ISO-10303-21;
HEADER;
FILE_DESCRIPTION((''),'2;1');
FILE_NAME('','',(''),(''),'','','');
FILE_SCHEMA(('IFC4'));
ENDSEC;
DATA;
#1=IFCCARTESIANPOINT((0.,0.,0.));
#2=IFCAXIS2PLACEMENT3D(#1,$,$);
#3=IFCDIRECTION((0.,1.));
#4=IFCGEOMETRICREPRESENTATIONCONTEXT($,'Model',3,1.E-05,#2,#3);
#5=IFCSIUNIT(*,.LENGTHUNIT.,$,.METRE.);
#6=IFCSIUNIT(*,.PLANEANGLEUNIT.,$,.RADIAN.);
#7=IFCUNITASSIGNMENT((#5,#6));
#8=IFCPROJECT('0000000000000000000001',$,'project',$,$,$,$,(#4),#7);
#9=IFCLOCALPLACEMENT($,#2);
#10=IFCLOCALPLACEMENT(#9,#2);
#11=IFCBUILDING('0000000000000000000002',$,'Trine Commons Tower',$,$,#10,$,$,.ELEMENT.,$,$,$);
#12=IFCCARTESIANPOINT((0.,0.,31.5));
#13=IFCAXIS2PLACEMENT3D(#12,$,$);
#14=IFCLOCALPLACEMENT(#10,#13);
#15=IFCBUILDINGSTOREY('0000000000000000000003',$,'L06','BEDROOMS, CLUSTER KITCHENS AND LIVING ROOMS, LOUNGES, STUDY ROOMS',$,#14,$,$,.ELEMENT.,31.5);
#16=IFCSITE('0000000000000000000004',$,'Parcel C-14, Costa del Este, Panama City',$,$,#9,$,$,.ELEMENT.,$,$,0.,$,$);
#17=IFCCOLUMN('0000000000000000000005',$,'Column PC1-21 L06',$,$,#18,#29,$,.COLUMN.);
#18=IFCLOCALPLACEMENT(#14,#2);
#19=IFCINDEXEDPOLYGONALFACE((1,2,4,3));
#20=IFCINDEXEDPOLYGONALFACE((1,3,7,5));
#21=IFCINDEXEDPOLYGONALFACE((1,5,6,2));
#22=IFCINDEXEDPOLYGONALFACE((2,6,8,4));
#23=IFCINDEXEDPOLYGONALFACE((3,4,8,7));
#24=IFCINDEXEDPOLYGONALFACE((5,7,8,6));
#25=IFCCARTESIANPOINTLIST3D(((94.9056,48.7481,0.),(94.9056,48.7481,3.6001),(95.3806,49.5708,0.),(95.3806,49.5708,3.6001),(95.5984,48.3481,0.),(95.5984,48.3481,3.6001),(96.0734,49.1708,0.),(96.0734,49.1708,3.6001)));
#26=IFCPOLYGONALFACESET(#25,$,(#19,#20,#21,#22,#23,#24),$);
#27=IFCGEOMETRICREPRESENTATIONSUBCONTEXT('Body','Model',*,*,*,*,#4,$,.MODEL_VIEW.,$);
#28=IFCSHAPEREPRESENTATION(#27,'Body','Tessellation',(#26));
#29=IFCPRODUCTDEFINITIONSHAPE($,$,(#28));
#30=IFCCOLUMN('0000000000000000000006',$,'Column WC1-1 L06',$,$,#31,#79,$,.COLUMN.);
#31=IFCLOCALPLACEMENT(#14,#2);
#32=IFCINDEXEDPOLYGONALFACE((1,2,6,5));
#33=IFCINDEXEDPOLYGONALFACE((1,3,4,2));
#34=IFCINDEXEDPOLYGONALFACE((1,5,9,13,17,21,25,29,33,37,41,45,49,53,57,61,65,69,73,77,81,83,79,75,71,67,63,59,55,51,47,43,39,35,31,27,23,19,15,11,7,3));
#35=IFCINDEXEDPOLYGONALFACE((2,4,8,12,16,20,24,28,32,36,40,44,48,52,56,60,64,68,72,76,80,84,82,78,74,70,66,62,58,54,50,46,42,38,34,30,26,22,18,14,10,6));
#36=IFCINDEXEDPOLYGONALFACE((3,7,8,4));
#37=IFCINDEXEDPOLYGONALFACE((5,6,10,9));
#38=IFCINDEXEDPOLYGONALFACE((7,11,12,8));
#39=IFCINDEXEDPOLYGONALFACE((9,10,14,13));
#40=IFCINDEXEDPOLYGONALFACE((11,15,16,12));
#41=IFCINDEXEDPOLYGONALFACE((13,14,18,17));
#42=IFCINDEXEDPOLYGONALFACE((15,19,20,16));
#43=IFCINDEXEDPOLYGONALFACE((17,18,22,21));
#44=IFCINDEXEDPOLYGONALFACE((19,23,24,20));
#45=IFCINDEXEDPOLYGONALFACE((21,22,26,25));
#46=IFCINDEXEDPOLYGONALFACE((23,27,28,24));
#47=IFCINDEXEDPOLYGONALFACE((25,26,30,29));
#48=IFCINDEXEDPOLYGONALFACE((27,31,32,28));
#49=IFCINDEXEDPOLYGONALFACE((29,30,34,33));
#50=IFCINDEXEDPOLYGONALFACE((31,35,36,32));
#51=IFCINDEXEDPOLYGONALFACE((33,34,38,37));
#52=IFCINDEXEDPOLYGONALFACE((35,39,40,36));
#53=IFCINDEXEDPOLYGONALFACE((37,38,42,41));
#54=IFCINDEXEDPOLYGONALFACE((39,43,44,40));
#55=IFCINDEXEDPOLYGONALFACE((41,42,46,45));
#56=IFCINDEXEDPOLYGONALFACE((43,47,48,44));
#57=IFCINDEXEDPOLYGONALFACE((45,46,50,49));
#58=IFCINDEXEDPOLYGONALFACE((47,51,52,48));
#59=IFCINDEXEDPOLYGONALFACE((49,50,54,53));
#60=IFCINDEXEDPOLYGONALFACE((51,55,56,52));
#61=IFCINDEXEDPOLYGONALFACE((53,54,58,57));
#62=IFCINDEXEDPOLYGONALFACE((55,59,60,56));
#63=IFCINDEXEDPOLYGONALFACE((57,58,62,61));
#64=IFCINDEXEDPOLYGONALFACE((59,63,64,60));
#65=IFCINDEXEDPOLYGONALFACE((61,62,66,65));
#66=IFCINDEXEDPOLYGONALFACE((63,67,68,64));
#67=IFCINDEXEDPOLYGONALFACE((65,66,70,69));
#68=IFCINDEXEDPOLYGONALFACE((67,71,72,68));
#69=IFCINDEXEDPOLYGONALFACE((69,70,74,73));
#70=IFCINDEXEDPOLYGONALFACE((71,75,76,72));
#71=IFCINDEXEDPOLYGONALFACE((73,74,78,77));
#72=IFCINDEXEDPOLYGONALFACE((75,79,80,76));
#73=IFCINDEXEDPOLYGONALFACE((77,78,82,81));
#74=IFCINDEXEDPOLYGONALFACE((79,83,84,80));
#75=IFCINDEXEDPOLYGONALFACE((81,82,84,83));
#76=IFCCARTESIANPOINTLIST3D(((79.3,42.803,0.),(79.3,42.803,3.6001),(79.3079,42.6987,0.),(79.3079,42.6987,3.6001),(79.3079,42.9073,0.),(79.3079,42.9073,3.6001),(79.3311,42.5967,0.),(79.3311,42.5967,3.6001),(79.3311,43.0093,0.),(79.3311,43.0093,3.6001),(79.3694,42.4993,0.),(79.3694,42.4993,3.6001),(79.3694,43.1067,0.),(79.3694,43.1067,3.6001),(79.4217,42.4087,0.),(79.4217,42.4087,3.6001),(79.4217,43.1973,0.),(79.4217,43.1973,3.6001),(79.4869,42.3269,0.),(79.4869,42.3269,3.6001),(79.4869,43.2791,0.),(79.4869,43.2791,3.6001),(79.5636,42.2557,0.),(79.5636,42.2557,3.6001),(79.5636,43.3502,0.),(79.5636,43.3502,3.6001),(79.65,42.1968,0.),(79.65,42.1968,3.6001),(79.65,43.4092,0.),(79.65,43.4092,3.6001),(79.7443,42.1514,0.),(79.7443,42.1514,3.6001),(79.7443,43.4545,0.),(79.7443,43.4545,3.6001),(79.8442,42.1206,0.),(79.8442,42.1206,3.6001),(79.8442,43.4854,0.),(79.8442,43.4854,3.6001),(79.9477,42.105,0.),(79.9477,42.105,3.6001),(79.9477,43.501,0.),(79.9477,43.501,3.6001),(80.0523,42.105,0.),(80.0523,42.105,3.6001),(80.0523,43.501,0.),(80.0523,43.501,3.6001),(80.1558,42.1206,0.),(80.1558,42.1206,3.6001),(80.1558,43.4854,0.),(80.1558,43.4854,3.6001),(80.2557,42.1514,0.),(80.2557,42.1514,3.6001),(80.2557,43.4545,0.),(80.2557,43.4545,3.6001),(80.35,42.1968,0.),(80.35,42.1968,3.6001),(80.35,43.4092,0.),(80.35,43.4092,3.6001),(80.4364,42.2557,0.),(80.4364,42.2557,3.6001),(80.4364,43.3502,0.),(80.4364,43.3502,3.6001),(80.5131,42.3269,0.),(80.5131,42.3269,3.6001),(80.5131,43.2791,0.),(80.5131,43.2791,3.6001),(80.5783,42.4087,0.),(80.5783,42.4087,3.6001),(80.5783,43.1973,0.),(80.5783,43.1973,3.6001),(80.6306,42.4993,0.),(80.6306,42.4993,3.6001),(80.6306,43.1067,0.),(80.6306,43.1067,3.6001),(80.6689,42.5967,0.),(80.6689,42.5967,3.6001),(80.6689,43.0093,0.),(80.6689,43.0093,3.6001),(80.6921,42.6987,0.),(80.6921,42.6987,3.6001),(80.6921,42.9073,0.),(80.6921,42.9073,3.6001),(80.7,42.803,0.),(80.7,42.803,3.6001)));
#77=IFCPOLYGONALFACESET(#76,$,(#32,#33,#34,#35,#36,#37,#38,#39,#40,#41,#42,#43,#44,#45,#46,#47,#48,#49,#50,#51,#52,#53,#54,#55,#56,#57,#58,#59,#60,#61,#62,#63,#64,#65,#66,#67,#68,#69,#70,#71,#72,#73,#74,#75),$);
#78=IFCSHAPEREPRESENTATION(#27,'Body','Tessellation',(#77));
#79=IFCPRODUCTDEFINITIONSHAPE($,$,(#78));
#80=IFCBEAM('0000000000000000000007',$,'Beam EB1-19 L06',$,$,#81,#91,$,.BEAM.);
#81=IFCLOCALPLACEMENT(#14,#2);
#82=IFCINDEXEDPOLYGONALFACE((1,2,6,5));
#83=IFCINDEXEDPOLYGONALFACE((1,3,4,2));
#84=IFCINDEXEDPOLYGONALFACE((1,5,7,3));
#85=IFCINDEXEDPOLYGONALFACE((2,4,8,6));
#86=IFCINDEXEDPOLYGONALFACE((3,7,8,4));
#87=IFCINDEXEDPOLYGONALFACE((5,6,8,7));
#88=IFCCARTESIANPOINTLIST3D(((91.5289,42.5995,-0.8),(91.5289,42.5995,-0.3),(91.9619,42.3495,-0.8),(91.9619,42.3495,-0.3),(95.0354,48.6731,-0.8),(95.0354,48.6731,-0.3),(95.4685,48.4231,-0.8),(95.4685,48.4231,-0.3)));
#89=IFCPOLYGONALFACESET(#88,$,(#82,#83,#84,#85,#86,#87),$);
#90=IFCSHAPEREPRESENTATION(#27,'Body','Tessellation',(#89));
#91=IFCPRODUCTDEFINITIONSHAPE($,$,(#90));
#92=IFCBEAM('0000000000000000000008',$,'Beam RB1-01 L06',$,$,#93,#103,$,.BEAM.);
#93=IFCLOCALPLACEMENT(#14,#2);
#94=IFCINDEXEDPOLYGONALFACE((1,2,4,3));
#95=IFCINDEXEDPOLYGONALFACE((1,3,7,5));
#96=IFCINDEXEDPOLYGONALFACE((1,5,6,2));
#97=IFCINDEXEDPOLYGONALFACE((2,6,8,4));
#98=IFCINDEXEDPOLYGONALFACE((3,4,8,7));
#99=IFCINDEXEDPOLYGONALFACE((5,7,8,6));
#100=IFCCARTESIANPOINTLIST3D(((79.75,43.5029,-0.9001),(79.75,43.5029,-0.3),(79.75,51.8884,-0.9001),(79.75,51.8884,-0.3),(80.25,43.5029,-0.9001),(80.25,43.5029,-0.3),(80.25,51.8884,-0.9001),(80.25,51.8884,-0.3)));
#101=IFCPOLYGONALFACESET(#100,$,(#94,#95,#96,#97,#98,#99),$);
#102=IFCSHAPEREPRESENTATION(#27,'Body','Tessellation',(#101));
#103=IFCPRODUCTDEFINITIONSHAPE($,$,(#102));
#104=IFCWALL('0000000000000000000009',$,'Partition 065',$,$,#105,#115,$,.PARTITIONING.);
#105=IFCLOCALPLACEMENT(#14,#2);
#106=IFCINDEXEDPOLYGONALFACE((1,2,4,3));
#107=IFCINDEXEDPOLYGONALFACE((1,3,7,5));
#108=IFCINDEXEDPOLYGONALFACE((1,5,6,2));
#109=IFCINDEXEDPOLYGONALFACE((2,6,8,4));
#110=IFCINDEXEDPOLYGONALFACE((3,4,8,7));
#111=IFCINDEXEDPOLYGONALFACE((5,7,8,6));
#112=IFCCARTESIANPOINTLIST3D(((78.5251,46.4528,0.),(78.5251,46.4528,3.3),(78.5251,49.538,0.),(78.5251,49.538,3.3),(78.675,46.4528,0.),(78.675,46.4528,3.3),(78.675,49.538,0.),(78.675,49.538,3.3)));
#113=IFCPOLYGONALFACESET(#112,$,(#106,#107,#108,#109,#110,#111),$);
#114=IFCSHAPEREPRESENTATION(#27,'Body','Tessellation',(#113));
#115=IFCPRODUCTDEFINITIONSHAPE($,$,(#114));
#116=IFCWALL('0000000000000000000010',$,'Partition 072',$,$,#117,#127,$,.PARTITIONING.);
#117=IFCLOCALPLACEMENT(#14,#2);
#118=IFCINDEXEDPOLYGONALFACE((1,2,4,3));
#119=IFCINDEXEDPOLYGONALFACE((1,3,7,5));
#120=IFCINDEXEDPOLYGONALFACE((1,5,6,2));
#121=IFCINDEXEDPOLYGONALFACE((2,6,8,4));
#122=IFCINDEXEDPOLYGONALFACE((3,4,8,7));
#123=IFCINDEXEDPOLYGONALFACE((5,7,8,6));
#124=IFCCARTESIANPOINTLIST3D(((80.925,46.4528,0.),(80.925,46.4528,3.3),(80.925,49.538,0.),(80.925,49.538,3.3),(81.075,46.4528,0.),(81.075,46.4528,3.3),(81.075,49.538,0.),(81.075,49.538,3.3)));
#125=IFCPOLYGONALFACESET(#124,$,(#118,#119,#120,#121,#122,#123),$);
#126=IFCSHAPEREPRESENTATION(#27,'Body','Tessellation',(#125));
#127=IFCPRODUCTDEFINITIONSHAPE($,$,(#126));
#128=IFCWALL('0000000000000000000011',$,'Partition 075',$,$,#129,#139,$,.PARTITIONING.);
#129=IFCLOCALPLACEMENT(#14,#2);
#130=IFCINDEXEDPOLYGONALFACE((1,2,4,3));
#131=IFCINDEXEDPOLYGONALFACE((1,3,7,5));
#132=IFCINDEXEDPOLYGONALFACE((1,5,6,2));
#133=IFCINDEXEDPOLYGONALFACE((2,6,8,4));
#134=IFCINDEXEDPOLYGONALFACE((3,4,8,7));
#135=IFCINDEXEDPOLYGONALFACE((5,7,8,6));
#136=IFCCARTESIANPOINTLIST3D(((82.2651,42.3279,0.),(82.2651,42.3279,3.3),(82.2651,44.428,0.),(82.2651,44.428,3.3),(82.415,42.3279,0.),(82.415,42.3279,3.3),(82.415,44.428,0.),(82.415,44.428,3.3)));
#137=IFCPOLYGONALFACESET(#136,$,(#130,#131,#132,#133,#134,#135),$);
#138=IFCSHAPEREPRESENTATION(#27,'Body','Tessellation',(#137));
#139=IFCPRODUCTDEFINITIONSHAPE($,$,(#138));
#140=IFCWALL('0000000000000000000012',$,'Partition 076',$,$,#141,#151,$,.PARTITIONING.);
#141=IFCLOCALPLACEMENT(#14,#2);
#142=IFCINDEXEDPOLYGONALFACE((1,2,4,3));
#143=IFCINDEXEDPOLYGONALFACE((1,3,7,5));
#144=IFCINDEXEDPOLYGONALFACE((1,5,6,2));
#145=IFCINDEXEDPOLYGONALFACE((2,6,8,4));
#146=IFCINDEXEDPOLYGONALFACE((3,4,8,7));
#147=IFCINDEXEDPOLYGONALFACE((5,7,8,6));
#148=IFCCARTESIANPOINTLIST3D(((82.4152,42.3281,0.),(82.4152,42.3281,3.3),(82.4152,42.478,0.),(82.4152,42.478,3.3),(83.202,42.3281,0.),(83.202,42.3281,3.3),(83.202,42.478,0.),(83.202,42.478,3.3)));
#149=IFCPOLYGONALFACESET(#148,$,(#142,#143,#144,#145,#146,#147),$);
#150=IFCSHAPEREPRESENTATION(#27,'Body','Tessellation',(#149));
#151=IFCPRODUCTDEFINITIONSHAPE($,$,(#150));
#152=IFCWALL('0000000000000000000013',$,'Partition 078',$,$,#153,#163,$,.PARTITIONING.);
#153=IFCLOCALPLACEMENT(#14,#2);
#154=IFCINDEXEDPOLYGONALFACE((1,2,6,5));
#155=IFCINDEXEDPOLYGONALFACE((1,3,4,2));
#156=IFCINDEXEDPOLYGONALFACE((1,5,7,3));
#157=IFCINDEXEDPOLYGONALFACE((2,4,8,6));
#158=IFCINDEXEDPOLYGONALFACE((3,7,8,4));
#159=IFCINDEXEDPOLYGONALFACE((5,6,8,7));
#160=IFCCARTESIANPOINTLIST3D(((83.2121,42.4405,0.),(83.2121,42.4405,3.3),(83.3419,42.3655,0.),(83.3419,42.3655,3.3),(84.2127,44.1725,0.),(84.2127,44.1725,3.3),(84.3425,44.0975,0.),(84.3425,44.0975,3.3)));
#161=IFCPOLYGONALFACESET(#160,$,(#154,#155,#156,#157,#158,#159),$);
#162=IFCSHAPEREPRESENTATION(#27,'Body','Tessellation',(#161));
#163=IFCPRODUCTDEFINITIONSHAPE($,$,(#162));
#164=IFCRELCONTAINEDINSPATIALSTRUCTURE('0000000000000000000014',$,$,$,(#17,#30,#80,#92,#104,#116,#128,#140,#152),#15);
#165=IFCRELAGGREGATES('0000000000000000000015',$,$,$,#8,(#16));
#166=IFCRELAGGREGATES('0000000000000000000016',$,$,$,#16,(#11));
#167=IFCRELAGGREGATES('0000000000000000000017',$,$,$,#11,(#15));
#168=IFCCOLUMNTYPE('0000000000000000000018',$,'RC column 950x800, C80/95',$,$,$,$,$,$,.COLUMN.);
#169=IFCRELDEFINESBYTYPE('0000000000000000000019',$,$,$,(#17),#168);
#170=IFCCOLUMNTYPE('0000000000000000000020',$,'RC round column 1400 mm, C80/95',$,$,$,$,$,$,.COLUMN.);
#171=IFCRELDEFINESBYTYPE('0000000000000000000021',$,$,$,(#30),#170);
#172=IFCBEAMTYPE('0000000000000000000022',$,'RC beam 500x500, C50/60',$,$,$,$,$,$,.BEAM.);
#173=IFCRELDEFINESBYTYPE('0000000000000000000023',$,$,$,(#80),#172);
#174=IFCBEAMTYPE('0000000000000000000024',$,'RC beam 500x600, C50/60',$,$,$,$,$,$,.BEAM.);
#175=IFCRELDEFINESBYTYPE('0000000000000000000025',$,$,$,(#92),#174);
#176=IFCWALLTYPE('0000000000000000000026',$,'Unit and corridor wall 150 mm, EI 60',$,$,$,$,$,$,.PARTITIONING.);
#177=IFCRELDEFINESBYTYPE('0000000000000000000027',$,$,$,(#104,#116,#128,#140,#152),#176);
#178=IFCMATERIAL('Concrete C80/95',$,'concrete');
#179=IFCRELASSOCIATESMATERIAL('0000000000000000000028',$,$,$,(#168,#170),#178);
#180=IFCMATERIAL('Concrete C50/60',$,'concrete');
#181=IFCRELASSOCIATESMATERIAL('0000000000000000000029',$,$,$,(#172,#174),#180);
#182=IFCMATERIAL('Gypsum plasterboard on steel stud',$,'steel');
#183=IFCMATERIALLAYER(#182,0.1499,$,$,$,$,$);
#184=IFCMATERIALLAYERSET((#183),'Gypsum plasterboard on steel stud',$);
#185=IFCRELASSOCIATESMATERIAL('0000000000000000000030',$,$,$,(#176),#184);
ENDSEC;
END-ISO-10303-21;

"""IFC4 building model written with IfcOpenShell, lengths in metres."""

from ifc_helpers import new_model, si_unit, direction, frame, frame_2d, origin, origin_2d, place, context, subcontext, project, spatial, rectangle, circle, extrude, material, layer, layer_set, material_profile, profile_set, type_object, element, save


model = new_model("IFC4")

# Units and contexts
model_context = context("Model", 3, precision=1e-05, world=origin(), true_north=direction((0.0, 1.0)))
body_context = subcontext(model_context, "Body", "Model", "MODEL_VIEW")
ifc_project = project(units=[si_unit("LENGTHUNIT", "METRE"), si_unit("PLANEANGLEUNIT", "RADIAN")], contexts=[model_context])

# Site, building, storey
site_placement = place(None, origin())
site = spatial("IfcSite", under=ifc_project, at=site_placement, Name="Parcel C-14, Costa del Este, Panama City", CompositionType="ELEMENT", RefElevation=0.0)
building_placement = place(site_placement, origin())
building = spatial("IfcBuilding", under=site, at=building_placement, Name="Trine Commons Tower", CompositionType="ELEMENT")
storey_placement = place(building_placement, frame((0.0, 0.0, 31.5)))
storey = spatial("IfcBuildingStorey", under=building, at=storey_placement, Name="L06", Description="BEDROOMS, CLUSTER KITCHENS AND LIVING ROOMS, LOUNGES, STUDY ROOMS", CompositionType="ELEMENT", Elevation=31.5)

# Columns
ifc_material_1 = material(Name="Concrete C80/95", Category="concrete")
ifc_material_profile_1 = material_profile(ifc_material_1, rectangle(XDim=0.95, YDim=0.8, at=origin_2d()), Name="RC 950x800")
ifc_profile_set_1 = profile_set([ifc_material_profile_1], Name="Concrete C80/95")
column_type_1 = type_object("IfcColumnType", Name="RC column 950x800, C80/95", PredefinedType="COLUMN", material=ifc_profile_set_1)
column_1_placement = place(storey_placement, frame((95.4895, 48.9595, 0.0), z_axis=(0.0, 0.0, 1.0), x_axis=(0.5, 0.866025, 0.0)))
element("IfcColumn", 1, at=column_1_placement, inside=storey, type_object=column_type_1, Name="Column PC1-21 L06", PredefinedType="COLUMN", context=body_context, shape_type="SweptSolid", body=[
    extrude(rectangle(XDim=0.95, YDim=0.8, at=origin_2d()), origin(), (0.0, 0.0, 1.0), 3.6001),
])
ifc_material_profile_2 = material_profile(ifc_material_1, circle(Radius=0.7, at=origin_2d()), Name="RC round 1400")
ifc_profile_set_2 = profile_set([ifc_material_profile_2], Name="Concrete C80/95")
column_type_2 = type_object("IfcColumnType", Name="RC round column 1400 mm, C80/95", PredefinedType="COLUMN", material=ifc_profile_set_2)
column_2_placement = place(storey_placement, frame((80.0, 42.803, 0.0), z_axis=(0.0, 0.0, 1.0), x_axis=(1.0, 0.0, 0.0)))
element("IfcColumn", 2, at=column_2_placement, inside=storey, type_object=column_type_2, Name="Column WC1-1 L06", PredefinedType="COLUMN", context=body_context, shape_type="SweptSolid", body=[
    extrude(circle(Radius=0.7, at=origin_2d()), origin(), (0.0, 0.0, 1.0), 3.6001),
])

# Beams
ifc_material_2 = material(Name="Concrete C50/60", Category="concrete")
ifc_material_profile_3 = material_profile(ifc_material_2, rectangle(XDim=0.5, YDim=0.5, at=origin_2d()), Name="RC 500x500")
ifc_profile_set_3 = profile_set([ifc_material_profile_3], Name="Concrete C50/60")
beam_type_1 = type_object("IfcBeamType", Name="RC beam 500x500, C50/60", PredefinedType="BEAM", material=ifc_profile_set_3)
beam_1_placement = place(storey_placement, frame((95.252, 48.5481, -0.55), z_axis=(-0.499992, -0.86603, 0.0), x_axis=(0.86603, -0.499992, 0.0)))
element("IfcBeam", 3, at=beam_1_placement, inside=storey, type_object=beam_type_1, Name="Beam EB1-19 L06", PredefinedType="BEAM", context=body_context, shape_type="SweptSolid", body=[
    extrude(rectangle(XDim=0.5, YDim=0.5, at=origin_2d()), origin(), (0.0, 0.0, 1.0), 7.0132),
])
ifc_material_profile_4 = material_profile(ifc_material_2, rectangle(XDim=0.5, YDim=0.6001, at=origin_2d()), Name="RC 500x600")
ifc_profile_set_4 = profile_set([ifc_material_profile_4], Name="Concrete C50/60")
beam_type_2 = type_object("IfcBeamType", Name="RC beam 500x600, C50/60", PredefinedType="BEAM", material=ifc_profile_set_4)
beam_2_placement = place(storey_placement, frame((80.0, 51.8884, -0.6001), z_axis=(0.0, -1.0, 0.0), x_axis=(1.0, 0.0, 0.0)))
element("IfcBeam", 4, at=beam_2_placement, inside=storey, type_object=beam_type_2, Name="Beam RB1-01 L06", PredefinedType="BEAM", context=body_context, shape_type="SweptSolid", body=[
    extrude(rectangle(XDim=0.5, YDim=0.6001, at=origin_2d()), origin(), (0.0, 0.0, 1.0), 8.3855),
])

# Walls
ifc_material_3 = material(Name="Gypsum plasterboard on steel stud", Category="steel")
ifc_layer_1 = layer(ifc_material_3, 0.1499)
ifc_layer_set_1 = layer_set([ifc_layer_1], Name="Gypsum plasterboard on steel stud")
wall_type_1 = type_object("IfcWallType", Name="Unit and corridor wall 150 mm, EI 60", PredefinedType="PARTITIONING", material=ifc_layer_set_1)
for number, where, z_axis, x_axis, name in (
    (5, (78.6001, 46.4529, 0.0), (0.0, 0.0, 1.0), (0.0, 1.0, 0.0), "Partition 065"),
    (6, (81.0, 46.4529, 0.0), (0.0, 0.0, 1.0), (0.0, 1.0, 0.0), "Partition 072"),
):
    element("IfcWall", number, at=place(storey_placement, frame(where, z_axis=z_axis, x_axis=x_axis)), inside=storey, type_object=wall_type_1, Name=name, PredefinedType="PARTITIONING", context=body_context, shape_type="SweptSolid", body=[
        extrude(rectangle(XDim=3.0852, YDim=0.1499, at=frame_2d((1.5425, 0.0))), origin(), (0.0, 0.0, 1.0), 3.3),
    ])
wall_1_placement = place(storey_placement, frame((82.3401, 42.3279, 0.0), z_axis=(0.0, 0.0, 1.0), x_axis=(0.0, 1.0, 0.0)))
element("IfcWall", 7, at=wall_1_placement, inside=storey, type_object=wall_type_1, Name="Partition 075", PredefinedType="PARTITIONING", context=body_context, shape_type="SweptSolid", body=[
    extrude(rectangle(XDim=2.1001, YDim=0.1499, at=frame_2d((1.05, 0.0))), origin(), (0.0, 0.0, 1.0), 3.3),
])
wall_2_placement = place(storey_placement, frame((82.415, 42.4031, 0.0), z_axis=(0.0, 0.0, 1.0), x_axis=(1.0, 0.0, 0.0)))
element("IfcWall", 8, at=wall_2_placement, inside=storey, type_object=wall_type_1, Name="Partition 076", PredefinedType="PARTITIONING", context=body_context, shape_type="SweptSolid", body=[
    extrude(rectangle(XDim=0.7869, YDim=0.1499, at=frame_2d((0.3936, 0.0))), origin(), (0.0, 0.0, 1.0), 3.3),
])
wall_3_placement = place(storey_placement, frame((83.2771, 42.4031, 0.0), z_axis=(0.0, 0.0, 1.0), x_axis=(0.500208, 0.865905, 0.0)))
element("IfcWall", 9, at=wall_3_placement, inside=storey, type_object=wall_type_1, Name="Partition 078", PredefinedType="PARTITIONING", context=body_context, shape_type="SweptSolid", body=[
    extrude(rectangle(XDim=2.0002, YDim=0.1499, at=frame_2d((1.0, 0.0))), origin(), (0.0, 0.0, 1.0), 3.3),
])

save(model, "model.ifc")
